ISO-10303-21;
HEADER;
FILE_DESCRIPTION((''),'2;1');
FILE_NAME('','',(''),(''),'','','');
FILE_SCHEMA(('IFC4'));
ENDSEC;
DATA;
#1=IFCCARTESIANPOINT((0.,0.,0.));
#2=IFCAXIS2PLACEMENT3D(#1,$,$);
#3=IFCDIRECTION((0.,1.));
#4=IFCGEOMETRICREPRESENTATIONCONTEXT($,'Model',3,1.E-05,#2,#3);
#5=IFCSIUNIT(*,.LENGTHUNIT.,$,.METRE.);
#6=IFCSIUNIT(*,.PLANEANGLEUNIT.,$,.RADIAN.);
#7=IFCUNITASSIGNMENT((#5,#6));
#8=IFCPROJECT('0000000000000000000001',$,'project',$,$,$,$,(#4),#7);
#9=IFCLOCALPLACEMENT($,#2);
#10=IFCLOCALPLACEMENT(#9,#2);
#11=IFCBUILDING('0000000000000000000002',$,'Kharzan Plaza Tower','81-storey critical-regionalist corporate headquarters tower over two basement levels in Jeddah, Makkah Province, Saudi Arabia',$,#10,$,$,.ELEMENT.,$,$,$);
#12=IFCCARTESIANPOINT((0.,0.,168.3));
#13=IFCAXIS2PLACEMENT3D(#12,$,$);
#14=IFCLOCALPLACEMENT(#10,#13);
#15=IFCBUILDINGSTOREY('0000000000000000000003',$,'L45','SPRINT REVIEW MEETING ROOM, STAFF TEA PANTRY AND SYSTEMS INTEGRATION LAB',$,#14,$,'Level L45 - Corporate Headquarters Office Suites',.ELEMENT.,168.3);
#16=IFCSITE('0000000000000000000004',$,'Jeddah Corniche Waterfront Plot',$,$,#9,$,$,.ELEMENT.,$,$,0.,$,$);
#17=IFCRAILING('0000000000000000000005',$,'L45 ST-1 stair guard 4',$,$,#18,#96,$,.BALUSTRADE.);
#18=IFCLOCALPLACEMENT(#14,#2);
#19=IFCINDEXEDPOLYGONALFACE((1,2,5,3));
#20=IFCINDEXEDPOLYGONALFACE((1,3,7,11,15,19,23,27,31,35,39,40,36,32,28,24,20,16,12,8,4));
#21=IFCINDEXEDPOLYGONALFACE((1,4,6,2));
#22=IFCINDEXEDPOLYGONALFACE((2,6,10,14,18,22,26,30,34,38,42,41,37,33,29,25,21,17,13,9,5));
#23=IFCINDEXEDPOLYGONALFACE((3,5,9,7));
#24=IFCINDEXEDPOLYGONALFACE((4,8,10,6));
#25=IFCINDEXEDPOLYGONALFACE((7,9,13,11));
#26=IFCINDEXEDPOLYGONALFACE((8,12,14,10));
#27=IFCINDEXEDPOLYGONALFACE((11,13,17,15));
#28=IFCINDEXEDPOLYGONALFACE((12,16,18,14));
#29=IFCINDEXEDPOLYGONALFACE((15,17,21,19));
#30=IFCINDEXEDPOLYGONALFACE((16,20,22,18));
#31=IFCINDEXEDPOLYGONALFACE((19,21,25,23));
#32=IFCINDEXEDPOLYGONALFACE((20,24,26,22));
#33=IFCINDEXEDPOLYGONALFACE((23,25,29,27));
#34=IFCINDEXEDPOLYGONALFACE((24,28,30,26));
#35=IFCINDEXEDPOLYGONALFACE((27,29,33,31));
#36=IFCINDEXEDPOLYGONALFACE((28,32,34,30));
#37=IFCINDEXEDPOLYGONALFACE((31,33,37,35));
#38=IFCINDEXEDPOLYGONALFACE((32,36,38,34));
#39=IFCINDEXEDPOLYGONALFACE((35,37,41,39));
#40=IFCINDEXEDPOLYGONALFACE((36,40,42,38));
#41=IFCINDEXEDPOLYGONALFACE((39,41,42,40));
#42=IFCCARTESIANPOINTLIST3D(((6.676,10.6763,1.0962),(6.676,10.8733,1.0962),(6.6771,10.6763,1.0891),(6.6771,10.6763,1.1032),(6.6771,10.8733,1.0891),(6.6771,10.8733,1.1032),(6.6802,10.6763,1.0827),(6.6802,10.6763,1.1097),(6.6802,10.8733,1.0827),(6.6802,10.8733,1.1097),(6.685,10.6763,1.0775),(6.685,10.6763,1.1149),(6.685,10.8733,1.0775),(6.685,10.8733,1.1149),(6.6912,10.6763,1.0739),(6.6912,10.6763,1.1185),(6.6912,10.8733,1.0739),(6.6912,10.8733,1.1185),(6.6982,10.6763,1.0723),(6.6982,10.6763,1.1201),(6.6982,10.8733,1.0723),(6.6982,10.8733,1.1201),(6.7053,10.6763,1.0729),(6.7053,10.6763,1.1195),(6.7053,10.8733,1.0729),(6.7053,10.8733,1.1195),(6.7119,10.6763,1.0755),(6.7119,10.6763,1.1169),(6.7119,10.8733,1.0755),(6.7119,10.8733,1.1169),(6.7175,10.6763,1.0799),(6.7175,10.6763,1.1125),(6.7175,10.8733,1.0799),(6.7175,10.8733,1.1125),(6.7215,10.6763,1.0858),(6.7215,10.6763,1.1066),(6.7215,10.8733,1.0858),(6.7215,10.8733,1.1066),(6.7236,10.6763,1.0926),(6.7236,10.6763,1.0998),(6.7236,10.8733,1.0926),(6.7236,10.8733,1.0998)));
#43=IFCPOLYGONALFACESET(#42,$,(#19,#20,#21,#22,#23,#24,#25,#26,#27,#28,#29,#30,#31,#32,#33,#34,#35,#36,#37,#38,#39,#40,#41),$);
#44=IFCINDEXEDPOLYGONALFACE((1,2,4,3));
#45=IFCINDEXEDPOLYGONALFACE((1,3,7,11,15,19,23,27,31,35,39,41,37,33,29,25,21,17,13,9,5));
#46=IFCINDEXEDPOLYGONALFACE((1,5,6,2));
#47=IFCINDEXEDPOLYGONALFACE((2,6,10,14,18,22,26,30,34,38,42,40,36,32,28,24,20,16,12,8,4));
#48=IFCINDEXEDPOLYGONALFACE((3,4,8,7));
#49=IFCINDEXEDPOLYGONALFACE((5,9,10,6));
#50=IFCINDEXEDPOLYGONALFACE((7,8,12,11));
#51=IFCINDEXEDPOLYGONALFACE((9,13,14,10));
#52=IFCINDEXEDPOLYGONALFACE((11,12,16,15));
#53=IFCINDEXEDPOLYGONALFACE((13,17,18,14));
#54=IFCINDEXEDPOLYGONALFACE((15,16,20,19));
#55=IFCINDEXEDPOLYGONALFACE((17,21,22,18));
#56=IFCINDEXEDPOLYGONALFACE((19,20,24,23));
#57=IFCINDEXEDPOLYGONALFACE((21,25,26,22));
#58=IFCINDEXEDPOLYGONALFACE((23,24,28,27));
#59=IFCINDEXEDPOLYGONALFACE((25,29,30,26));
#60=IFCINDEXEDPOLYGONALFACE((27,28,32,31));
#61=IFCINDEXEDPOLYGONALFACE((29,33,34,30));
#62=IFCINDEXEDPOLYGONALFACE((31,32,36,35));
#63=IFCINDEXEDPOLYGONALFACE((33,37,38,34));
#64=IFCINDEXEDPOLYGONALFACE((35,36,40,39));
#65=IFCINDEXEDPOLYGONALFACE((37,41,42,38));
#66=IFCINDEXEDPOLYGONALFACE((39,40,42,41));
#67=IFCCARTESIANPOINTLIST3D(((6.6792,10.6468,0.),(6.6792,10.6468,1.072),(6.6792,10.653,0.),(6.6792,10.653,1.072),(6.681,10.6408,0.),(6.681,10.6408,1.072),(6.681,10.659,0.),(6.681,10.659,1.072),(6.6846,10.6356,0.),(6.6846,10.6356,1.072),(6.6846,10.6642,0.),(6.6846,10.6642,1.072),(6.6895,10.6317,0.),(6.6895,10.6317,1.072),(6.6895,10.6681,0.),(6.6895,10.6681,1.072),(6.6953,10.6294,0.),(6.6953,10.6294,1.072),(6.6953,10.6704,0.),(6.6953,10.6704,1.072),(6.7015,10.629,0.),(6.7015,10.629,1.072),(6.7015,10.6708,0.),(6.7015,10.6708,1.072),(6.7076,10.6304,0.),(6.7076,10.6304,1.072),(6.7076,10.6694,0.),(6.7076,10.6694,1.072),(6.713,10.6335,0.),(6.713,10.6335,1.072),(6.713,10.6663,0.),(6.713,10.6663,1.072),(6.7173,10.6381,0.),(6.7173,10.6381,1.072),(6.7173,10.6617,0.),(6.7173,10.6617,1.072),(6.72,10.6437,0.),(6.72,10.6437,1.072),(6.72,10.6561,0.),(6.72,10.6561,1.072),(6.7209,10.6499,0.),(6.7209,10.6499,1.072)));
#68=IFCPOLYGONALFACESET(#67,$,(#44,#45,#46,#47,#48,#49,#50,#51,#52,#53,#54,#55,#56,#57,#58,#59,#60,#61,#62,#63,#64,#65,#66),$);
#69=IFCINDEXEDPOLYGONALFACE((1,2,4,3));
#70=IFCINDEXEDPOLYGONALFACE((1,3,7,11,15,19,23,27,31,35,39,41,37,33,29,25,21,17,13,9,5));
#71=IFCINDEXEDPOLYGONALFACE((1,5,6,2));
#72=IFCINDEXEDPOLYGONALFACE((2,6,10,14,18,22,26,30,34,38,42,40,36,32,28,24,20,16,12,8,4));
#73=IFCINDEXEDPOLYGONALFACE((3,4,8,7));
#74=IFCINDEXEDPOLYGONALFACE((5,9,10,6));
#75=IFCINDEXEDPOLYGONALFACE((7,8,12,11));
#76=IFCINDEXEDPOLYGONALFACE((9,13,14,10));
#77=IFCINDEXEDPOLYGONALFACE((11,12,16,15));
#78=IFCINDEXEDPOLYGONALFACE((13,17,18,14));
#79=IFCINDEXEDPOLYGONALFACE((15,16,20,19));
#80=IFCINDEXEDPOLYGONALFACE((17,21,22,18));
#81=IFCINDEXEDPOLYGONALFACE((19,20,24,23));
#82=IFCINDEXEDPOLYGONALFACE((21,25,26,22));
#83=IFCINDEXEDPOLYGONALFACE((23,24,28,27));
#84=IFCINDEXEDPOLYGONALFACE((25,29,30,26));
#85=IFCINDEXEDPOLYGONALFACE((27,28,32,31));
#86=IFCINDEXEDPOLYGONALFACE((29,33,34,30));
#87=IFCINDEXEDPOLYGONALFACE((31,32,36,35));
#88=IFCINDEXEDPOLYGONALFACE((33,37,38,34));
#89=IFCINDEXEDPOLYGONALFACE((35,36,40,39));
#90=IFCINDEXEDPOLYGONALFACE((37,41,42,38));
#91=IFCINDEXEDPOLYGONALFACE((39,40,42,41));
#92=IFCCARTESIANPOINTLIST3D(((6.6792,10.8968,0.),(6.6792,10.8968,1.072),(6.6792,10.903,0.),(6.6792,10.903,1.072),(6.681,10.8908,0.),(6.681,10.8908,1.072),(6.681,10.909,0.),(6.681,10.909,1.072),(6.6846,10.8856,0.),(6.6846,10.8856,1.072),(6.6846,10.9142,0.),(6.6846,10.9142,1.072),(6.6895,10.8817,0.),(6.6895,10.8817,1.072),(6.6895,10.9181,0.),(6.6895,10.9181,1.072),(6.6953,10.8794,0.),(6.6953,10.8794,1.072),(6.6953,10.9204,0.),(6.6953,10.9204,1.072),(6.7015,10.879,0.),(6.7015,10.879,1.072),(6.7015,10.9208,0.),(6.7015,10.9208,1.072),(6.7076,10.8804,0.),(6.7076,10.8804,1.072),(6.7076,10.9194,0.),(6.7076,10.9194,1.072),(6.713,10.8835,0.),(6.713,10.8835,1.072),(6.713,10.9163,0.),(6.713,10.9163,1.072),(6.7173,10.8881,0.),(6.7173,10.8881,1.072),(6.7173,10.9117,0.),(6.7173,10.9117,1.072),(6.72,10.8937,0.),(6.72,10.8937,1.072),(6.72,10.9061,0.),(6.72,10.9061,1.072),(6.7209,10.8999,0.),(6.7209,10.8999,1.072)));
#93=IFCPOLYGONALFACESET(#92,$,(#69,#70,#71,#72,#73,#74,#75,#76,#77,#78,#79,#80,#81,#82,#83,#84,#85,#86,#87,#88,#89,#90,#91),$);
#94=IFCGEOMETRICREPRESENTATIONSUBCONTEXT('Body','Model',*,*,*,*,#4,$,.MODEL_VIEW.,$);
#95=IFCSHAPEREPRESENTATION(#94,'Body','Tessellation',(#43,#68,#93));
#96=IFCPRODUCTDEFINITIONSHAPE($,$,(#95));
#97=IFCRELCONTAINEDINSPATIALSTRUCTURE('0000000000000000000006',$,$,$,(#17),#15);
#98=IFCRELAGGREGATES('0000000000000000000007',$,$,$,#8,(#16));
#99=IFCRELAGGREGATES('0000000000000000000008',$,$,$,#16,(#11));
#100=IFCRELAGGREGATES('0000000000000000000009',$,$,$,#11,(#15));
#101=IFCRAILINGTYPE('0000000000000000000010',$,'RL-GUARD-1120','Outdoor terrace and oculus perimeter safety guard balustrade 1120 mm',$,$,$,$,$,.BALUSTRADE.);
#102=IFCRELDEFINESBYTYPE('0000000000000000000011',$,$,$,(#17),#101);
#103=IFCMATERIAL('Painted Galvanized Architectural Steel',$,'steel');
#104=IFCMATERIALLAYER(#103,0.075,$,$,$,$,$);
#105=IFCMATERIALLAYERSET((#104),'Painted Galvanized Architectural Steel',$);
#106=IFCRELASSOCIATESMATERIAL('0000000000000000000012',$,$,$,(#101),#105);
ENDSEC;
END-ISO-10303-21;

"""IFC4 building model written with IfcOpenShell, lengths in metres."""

from ifc_helpers import new_model, si_unit, direction, frame, origin, origin_2d, place, context, subcontext, project, spatial, circle, extrude, source, transform, mapped, material, layer, layer_set, type_object, element, save


model = new_model("IFC4")

# Units and contexts
model_context = context("Model", 3, precision=1e-05, world=origin(), true_north=direction((0.0, 1.0)))
body_context = subcontext(model_context, "Body", "Model", "MODEL_VIEW")
ifc_project = project(units=[si_unit("LENGTHUNIT", "METRE"), si_unit("PLANEANGLEUNIT", "RADIAN")], contexts=[model_context])

# Site, building, storey
site_placement = place(None, origin())
site = spatial("IfcSite", under=ifc_project, at=site_placement, Name="Jeddah Corniche Waterfront Plot", CompositionType="ELEMENT", RefElevation=0.0)
building_placement = place(site_placement, origin())
building = spatial("IfcBuilding", under=site, at=building_placement, Name="Kharzan Plaza Tower", Description="81-storey critical-regionalist corporate headquarters tower over two basement levels in Jeddah, Makkah Province, Saudi Arabia", CompositionType="ELEMENT")
storey_placement = place(building_placement, frame((0.0, 0.0, 168.3)))
storey = spatial("IfcBuildingStorey", under=building, at=storey_placement, Name="L45", Description="SPRINT REVIEW MEETING ROOM, STAFF TEA PANTRY AND SYSTEMS INTEGRATION LAB", LongName="Level L45 - Corporate Headquarters Office Suites", CompositionType="ELEMENT", Elevation=168.3)

# Railing
ifc_material_1 = material(Name="Painted Galvanized Architectural Steel", Category="steel")
ifc_layer_1 = layer(ifc_material_1, 0.075)
ifc_layer_set_1 = layer_set([ifc_layer_1], Name="Painted Galvanized Architectural Steel")
railing_type_1 = type_object("IfcRailingType", Name="RL-GUARD-1120", Description="Outdoor terrace and oculus perimeter safety guard balustrade 1120 mm", PredefinedType="BALUSTRADE", material=ifc_layer_set_1)
shared_shape_1 = source(origin(), body_context, "Body", "SweptSolid", [
    extrude(circle(Radius=0.0239, at=origin_2d()), frame((0.0, 0.0264, 1.0962), z_axis=(0.0, 1.0, 0.0), x_axis=(-1.0, 0.0, 0.0)), (0.0, 0.0, 1.0), 0.197),
    extrude(circle(Radius=0.021, at=origin_2d()), origin(), (0.0, 0.0, 1.0), 1.072),
    extrude(circle(Radius=0.021, at=origin_2d()), frame((0.0, 0.25, 0.0)), (0.0, 0.0, 1.0), 1.072),
])
railing_1_placement = place(storey_placement, frame((6.7, 10.6499, 0.0)))
element("IfcRailing", 1, at=railing_1_placement, inside=storey, type_object=railing_type_1, Name="L45 ST-1 stair guard 4", PredefinedType="BALUSTRADE", context=body_context, shape_type="MappedRepresentation", body=[
    mapped(shared_shape_1, transform((0.0, 0.0, 0.0), x_axis=(1.0, 0.0, 0.0), y_axis=(0.0, 1.0, 0.0), z_axis=(0.0, 0.0, 1.0))),
])

save(model, "model.ifc")
